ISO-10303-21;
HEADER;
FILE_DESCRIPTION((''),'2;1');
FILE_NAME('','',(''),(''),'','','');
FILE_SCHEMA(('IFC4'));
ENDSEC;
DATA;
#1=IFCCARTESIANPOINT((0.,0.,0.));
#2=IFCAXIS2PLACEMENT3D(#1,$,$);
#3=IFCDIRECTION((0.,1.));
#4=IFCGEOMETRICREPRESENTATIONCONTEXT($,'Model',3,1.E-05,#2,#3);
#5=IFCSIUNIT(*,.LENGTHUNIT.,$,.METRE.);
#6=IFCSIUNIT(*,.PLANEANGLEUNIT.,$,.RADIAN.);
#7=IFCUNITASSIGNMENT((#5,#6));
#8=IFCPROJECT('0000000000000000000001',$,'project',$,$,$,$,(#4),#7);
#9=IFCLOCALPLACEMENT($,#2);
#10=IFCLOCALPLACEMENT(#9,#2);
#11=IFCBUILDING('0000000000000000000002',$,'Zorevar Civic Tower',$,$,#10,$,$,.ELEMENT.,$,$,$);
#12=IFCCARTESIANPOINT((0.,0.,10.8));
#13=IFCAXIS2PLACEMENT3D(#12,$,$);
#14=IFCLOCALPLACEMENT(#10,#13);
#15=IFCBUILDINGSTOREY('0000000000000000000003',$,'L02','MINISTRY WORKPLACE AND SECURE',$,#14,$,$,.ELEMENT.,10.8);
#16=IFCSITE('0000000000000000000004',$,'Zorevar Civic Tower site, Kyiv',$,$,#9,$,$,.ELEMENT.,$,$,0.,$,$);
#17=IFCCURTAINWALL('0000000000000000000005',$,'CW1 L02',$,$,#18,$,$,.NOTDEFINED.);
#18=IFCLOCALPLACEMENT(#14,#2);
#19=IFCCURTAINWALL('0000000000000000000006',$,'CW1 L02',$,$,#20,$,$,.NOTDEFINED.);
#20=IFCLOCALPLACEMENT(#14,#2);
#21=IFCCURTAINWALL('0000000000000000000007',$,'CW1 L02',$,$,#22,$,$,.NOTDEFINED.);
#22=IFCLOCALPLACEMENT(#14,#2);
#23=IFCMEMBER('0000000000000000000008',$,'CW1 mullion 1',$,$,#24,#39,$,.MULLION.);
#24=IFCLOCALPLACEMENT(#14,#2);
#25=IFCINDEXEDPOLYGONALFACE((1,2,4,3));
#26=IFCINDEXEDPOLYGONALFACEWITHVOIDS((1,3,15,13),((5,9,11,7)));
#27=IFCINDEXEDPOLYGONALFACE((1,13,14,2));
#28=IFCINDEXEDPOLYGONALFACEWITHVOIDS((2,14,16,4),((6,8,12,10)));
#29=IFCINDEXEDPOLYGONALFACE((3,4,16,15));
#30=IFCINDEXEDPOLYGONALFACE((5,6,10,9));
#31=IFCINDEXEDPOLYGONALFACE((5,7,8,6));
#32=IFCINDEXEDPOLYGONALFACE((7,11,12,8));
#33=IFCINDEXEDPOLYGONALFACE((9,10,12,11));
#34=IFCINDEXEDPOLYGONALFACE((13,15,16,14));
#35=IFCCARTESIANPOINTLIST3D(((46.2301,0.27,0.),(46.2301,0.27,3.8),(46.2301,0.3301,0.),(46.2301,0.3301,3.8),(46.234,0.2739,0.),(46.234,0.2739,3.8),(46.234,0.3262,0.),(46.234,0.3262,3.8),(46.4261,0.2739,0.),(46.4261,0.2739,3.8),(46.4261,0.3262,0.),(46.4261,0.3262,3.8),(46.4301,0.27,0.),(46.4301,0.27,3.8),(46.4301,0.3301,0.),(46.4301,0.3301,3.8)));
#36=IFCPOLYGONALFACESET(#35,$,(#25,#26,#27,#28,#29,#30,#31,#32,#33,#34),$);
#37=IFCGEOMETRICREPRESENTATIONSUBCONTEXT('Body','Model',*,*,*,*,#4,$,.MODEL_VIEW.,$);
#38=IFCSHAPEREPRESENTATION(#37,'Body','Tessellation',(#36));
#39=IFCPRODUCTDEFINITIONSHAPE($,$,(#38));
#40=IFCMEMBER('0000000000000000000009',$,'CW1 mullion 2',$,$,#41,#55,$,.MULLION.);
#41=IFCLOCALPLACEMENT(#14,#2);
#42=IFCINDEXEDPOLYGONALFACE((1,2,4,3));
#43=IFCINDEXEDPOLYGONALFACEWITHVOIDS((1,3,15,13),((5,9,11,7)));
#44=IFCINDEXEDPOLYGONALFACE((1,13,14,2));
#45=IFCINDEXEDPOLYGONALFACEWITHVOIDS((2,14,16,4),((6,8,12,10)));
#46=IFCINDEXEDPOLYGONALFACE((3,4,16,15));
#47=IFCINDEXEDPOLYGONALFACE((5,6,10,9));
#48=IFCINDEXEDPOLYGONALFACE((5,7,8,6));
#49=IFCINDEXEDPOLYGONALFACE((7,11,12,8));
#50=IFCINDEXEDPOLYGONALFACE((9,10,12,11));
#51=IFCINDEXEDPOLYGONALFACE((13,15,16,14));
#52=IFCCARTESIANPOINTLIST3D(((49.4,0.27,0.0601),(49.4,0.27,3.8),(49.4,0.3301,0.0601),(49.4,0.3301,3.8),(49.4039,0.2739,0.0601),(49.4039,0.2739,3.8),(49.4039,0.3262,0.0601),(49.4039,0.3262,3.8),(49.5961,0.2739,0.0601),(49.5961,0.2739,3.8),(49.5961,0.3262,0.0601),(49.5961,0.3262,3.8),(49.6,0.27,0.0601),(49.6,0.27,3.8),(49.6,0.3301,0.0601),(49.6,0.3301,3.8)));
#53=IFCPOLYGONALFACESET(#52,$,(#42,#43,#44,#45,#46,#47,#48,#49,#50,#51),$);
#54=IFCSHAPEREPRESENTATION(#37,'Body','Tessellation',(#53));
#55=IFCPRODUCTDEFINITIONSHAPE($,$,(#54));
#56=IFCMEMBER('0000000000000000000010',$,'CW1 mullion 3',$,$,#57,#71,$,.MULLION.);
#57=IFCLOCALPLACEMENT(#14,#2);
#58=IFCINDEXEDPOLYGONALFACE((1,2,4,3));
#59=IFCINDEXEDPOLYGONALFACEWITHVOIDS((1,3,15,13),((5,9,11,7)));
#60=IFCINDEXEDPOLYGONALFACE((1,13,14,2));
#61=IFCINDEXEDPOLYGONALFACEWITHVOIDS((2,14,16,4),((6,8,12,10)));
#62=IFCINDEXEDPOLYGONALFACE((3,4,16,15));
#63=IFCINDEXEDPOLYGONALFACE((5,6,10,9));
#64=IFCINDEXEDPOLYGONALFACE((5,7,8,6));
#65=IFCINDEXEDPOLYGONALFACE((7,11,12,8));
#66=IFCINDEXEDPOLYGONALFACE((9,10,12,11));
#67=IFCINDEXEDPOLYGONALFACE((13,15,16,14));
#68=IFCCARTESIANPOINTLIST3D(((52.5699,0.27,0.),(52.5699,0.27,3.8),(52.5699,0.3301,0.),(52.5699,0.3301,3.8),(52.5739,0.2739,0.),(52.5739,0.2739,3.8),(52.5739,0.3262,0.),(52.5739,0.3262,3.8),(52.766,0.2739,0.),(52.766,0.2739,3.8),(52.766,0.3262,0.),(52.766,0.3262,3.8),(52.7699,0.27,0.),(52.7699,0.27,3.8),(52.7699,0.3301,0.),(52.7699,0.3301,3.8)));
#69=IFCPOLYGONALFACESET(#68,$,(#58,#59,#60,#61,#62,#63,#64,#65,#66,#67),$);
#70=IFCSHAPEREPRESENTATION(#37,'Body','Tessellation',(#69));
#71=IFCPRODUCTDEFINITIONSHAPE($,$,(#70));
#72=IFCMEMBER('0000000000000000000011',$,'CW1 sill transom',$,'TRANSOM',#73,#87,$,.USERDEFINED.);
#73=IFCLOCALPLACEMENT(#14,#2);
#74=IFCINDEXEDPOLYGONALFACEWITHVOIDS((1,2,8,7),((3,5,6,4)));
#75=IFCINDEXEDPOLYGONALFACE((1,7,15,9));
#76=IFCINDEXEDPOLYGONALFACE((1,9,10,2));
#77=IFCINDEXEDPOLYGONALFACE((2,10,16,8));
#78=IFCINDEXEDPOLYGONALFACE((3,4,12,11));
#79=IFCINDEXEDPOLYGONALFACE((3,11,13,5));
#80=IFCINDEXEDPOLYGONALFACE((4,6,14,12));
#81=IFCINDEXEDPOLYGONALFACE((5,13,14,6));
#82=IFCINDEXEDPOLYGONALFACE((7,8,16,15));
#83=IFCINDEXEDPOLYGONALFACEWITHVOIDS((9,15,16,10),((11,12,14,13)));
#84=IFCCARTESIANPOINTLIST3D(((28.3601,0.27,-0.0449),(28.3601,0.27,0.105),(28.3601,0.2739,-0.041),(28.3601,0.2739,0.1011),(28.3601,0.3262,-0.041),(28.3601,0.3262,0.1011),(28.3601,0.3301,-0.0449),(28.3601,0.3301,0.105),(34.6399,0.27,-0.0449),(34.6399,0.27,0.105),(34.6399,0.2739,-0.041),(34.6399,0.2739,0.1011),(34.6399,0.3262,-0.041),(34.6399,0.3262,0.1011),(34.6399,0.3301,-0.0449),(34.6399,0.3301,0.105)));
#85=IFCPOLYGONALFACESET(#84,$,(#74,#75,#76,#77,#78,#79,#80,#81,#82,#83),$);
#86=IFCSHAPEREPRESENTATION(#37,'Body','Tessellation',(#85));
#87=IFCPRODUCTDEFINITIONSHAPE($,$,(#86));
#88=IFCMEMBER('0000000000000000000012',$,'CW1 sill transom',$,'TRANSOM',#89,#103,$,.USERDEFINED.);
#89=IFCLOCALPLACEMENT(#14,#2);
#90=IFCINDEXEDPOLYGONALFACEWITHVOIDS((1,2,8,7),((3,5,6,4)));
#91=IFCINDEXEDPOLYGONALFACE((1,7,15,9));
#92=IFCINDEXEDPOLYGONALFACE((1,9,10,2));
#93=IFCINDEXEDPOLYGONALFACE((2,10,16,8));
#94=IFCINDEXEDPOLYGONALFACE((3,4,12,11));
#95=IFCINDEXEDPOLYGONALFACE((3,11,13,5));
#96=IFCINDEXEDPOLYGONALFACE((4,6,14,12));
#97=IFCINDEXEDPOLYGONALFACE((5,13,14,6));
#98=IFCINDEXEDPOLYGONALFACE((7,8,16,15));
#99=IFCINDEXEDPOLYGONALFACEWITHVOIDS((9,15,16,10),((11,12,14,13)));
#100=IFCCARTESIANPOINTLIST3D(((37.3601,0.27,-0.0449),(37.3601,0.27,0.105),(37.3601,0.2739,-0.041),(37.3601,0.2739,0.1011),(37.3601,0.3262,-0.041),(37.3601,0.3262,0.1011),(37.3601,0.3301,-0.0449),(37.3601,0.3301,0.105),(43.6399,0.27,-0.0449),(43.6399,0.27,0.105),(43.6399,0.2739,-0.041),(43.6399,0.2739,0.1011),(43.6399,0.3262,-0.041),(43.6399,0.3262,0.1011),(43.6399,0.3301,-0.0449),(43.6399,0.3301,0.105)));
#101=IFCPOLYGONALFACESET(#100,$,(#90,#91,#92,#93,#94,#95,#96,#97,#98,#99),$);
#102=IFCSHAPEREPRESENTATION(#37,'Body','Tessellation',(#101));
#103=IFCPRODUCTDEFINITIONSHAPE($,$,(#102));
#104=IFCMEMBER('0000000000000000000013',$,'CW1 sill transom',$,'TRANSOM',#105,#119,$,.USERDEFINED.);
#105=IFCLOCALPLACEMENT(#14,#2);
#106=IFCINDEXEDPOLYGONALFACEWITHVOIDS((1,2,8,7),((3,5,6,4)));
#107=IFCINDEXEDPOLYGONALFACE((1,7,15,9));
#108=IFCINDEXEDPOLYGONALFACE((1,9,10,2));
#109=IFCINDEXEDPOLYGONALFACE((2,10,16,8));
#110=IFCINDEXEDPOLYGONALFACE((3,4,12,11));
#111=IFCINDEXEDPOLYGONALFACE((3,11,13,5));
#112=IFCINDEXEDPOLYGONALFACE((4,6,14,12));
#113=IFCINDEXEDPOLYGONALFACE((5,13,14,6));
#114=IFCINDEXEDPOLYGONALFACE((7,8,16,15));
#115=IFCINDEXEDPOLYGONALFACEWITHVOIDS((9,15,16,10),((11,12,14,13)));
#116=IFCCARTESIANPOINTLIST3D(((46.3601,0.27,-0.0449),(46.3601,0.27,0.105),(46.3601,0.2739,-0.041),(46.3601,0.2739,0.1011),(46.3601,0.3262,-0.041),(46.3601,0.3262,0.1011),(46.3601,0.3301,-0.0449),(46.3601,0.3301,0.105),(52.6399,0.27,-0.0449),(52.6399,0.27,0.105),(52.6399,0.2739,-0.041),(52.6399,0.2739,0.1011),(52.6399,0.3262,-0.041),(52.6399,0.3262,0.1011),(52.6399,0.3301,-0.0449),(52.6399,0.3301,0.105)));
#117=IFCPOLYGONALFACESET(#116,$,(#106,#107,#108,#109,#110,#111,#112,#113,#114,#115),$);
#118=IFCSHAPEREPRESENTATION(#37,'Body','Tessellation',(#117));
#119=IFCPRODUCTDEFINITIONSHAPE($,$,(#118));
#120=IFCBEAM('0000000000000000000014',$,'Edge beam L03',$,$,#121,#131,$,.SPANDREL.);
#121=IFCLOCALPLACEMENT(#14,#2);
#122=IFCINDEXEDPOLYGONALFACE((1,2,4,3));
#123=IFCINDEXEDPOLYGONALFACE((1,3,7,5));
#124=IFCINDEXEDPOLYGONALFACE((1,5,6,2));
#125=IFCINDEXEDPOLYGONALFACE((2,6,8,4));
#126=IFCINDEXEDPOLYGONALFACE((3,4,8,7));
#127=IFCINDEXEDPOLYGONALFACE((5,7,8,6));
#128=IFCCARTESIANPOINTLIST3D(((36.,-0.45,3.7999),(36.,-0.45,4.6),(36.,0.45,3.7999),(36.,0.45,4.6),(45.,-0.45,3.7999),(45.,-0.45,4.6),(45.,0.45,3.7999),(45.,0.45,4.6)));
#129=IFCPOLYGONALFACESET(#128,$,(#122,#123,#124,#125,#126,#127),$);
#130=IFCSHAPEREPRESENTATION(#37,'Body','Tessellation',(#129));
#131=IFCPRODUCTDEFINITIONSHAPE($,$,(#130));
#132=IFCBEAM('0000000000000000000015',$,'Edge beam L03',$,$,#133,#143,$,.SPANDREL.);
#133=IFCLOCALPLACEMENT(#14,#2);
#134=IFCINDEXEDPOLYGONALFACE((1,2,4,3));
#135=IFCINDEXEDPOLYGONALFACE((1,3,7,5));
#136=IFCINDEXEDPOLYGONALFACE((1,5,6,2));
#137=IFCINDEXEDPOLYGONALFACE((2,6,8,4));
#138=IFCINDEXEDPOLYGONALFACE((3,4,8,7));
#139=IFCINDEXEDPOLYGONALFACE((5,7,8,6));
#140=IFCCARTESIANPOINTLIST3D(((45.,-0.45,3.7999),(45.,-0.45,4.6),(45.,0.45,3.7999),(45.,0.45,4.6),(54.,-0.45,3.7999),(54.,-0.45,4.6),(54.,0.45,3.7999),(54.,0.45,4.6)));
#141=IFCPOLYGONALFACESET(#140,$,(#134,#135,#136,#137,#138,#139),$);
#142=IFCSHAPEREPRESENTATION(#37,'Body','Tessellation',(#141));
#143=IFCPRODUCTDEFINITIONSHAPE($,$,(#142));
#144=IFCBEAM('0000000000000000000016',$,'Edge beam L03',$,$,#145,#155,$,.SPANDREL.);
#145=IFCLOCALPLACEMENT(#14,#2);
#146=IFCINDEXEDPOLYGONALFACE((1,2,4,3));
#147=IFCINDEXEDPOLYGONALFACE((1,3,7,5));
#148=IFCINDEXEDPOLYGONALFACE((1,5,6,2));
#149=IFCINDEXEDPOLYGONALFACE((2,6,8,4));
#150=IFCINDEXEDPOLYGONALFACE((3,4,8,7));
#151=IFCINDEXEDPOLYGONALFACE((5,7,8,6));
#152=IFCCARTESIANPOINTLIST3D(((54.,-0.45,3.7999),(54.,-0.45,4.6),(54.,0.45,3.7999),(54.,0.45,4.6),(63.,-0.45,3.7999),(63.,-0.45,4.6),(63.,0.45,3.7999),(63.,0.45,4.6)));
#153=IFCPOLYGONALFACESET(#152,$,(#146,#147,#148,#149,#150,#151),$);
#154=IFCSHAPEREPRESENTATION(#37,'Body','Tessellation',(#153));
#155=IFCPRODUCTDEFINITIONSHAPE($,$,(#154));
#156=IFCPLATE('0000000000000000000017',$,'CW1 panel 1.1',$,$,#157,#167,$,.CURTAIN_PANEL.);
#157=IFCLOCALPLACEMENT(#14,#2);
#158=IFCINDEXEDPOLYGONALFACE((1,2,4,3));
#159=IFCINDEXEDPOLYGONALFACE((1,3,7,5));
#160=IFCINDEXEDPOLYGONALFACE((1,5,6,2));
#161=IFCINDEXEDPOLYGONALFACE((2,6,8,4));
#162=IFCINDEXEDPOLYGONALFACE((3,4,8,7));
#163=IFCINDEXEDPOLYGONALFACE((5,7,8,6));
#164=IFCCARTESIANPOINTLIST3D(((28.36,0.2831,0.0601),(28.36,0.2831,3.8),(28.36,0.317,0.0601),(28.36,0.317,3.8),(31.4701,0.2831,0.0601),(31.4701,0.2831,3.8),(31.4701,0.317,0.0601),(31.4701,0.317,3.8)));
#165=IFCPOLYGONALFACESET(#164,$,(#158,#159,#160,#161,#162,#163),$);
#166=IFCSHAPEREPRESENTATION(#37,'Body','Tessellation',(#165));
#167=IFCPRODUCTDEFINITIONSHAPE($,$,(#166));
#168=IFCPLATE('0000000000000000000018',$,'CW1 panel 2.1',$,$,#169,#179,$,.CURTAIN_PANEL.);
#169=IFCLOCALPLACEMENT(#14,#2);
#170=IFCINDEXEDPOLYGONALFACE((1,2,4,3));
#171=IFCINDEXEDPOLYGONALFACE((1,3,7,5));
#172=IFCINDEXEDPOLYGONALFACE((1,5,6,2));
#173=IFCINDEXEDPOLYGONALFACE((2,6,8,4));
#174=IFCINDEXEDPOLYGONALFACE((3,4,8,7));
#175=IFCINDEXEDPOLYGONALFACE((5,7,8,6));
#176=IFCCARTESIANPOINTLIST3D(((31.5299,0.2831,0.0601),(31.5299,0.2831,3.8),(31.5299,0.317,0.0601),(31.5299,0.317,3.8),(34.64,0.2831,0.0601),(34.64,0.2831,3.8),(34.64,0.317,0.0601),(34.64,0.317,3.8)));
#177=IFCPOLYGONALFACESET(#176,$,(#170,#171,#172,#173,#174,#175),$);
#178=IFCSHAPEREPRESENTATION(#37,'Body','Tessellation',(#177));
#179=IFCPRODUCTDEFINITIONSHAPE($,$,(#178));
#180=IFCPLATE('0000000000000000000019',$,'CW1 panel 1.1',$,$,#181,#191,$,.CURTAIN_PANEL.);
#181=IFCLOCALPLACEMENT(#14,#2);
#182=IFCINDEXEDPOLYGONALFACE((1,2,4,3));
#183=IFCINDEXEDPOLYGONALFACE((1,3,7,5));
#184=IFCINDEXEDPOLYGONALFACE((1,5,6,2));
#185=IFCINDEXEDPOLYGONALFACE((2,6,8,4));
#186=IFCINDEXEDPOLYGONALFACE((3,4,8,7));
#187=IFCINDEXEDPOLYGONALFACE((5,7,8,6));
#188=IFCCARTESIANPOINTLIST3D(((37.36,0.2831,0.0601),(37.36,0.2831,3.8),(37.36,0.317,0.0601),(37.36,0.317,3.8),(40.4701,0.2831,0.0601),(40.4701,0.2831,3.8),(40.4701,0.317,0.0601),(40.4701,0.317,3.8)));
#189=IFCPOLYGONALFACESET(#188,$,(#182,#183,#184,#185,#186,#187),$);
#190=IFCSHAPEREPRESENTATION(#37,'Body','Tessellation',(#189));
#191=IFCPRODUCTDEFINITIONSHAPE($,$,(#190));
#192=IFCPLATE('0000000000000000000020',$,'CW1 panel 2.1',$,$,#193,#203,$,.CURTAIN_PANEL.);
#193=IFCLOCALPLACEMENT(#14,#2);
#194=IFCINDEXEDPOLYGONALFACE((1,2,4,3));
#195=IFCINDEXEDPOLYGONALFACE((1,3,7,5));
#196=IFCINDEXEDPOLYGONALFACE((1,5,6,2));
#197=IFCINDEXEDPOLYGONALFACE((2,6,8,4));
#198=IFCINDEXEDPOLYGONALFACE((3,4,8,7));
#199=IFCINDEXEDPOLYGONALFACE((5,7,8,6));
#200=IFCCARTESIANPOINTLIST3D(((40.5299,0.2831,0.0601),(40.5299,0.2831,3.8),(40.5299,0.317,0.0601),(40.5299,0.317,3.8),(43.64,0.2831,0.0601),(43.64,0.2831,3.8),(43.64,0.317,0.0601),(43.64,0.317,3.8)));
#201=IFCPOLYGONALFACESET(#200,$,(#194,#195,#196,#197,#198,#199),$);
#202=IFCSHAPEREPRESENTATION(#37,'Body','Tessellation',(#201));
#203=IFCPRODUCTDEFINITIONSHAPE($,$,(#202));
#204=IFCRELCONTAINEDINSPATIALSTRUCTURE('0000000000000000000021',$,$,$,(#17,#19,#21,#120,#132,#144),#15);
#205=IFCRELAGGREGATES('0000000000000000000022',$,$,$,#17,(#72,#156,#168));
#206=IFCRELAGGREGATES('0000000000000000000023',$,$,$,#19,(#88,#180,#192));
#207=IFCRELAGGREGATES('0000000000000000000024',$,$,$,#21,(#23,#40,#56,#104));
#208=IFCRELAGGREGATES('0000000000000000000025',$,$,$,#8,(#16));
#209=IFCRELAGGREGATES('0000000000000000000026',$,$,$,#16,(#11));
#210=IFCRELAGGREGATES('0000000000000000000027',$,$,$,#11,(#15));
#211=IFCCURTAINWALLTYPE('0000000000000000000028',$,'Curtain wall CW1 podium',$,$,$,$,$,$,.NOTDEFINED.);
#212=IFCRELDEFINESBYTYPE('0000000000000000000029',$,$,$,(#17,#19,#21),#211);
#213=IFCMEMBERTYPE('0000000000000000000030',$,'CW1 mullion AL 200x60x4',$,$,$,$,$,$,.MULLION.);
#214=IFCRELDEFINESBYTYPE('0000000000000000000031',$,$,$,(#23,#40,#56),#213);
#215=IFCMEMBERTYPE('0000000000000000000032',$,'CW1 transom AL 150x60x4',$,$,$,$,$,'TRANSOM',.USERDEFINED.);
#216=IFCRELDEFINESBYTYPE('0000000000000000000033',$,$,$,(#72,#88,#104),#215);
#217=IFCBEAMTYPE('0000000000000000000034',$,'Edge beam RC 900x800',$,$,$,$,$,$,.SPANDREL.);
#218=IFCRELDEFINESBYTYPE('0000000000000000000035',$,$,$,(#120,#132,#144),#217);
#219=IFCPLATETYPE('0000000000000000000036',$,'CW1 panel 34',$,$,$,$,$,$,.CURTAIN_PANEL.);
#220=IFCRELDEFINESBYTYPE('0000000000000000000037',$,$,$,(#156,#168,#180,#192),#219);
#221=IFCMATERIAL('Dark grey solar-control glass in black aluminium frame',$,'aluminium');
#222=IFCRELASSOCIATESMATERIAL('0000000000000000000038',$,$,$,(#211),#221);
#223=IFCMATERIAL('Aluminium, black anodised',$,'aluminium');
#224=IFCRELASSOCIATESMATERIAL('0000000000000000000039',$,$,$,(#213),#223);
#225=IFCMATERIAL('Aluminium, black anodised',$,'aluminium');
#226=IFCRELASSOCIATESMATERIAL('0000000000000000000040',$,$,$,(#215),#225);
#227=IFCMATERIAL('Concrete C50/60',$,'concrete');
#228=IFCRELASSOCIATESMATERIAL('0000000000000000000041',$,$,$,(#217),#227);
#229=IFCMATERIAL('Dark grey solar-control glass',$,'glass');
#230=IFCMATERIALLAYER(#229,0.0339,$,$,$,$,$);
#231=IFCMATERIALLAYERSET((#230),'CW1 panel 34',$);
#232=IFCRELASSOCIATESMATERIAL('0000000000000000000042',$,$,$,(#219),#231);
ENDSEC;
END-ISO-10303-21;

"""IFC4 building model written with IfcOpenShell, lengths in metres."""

from ifc_helpers import new_model, si_unit, direction, frame, origin, origin_2d, place, context, subcontext, project, spatial, rectangle, hollow_rectangle, extrude, material, layer, layer_set, material_profile, profile_set, type_object, element, aggregate, save


model = new_model("IFC4")

# Units and contexts
model_context = context("Model", 3, precision=1e-05, world=origin(), true_north=direction((0.0, 1.0)))
body_context = subcontext(model_context, "Body", "Model", "MODEL_VIEW")
ifc_project = project(units=[si_unit("LENGTHUNIT", "METRE"), si_unit("PLANEANGLEUNIT", "RADIAN")], contexts=[model_context])

# Site, building, storey
site_placement = place(None, origin())
site = spatial("IfcSite", under=ifc_project, at=site_placement, Name="Zorevar Civic Tower site, Kyiv", CompositionType="ELEMENT", RefElevation=0.0)
building_placement = place(site_placement, origin())
building = spatial("IfcBuilding", under=site, at=building_placement, Name="Zorevar Civic Tower", CompositionType="ELEMENT")
storey_placement = place(building_placement, frame((0.0, 0.0, 10.8)))
storey = spatial("IfcBuildingStorey", under=building, at=storey_placement, Name="L02", Description="MINISTRY WORKPLACE AND SECURE", CompositionType="ELEMENT", Elevation=10.8)

# Curtain walls, members
ifc_material_1 = material(Name="Dark grey solar-control glass in black aluminium frame", Category="aluminium")
curtain_wall_type = type_object("IfcCurtainWallType", Name="Curtain wall CW1 podium", PredefinedType="NOTDEFINED", material=ifc_material_1)
curtain_wall_1_placement = place(storey_placement, origin())
curtain_wall_1 = element("IfcCurtainWall", 1, at=curtain_wall_1_placement, inside=storey, type_object=curtain_wall_type, Name="CW1 L02", PredefinedType="NOTDEFINED")
ifc_material_2 = material(Name="Aluminium, black anodised", Category="aluminium")
ifc_material_profile_1 = material_profile(ifc_material_2, hollow_rectangle(XDim=0.0601, YDim=0.2, WallThickness=0.0039, at=origin_2d()), Name="AL 200x60x4")
ifc_profile_set_1 = profile_set([ifc_material_profile_1], Name="Aluminium, black anodised")
member_type_1 = type_object("IfcMemberType", Name="CW1 mullion AL 200x60x4", PredefinedType="MULLION", material=ifc_profile_set_1)
curtain_wall_2_placement = place(storey_placement, origin())
curtain_wall_2 = element("IfcCurtainWall", 2, at=curtain_wall_2_placement, inside=storey, type_object=curtain_wall_type, Name="CW1 L02", PredefinedType="NOTDEFINED")
curtain_wall_3_placement = place(storey_placement, origin())
curtain_wall_3 = element("IfcCurtainWall", 3, at=curtain_wall_3_placement, inside=storey, type_object=curtain_wall_type, Name="CW1 L02", PredefinedType="NOTDEFINED")
member_1_placement = place(storey_placement, frame((46.3301, 0.3, 0.0), z_axis=(0.0, 0.0, 1.0), x_axis=(0.0, 1.0, 0.0)))
member_1 = element("IfcMember", 4, at=member_1_placement, type_object=member_type_1, Name="CW1 mullion 1", PredefinedType="MULLION", context=body_context, shape_type="SweptSolid", body=[
    extrude(hollow_rectangle(XDim=0.0601, YDim=0.2, WallThickness=0.0039, at=origin_2d()), origin(), (0.0, 0.0, 1.0), 3.8),
])
member_2_placement = place(storey_placement, frame((49.5, 0.3, 0.0601), z_axis=(0.0, 0.0, 1.0), x_axis=(0.0, 1.0, 0.0)))
member_2 = element("IfcMember", 5, at=member_2_placement, type_object=member_type_1, Name="CW1 mullion 2", PredefinedType="MULLION", context=body_context, shape_type="SweptSolid", body=[
    extrude(hollow_rectangle(XDim=0.0601, YDim=0.2, WallThickness=0.0039, at=origin_2d()), origin(), (0.0, 0.0, 1.0), 3.74),
])
member_3_placement = place(storey_placement, frame((52.6699, 0.3, 0.0), z_axis=(0.0, 0.0, 1.0), x_axis=(0.0, 1.0, 0.0)))
member_3 = element("IfcMember", 6, at=member_3_placement, type_object=member_type_1, Name="CW1 mullion 3", PredefinedType="MULLION", context=body_context, shape_type="SweptSolid", body=[
    extrude(hollow_rectangle(XDim=0.0601, YDim=0.2, WallThickness=0.0039, at=origin_2d()), origin(), (0.0, 0.0, 1.0), 3.8),
])

# Members
ifc_material_3 = material(Name="Aluminium, black anodised", Category="aluminium")
ifc_material_profile_2 = material_profile(ifc_material_3, hollow_rectangle(XDim=0.0601, YDim=0.1499, WallThickness=0.0039, at=origin_2d()), Name="AL 150x60x4")
ifc_profile_set_2 = profile_set([ifc_material_profile_2], Name="Aluminium, black anodised")
member_type_2 = type_object("IfcMemberType", Name="CW1 transom AL 150x60x4", ElementType="TRANSOM", PredefinedType="USERDEFINED", material=ifc_profile_set_2)
member_4_placement = place(storey_placement, frame((28.3601, 0.3, 0.03), z_axis=(1.0, 0.0, 0.0), x_axis=(0.0, 1.0, 0.0)))
member_4 = element("IfcMember", 7, at=member_4_placement, type_object=member_type_2, Name="CW1 sill transom", ObjectType="TRANSOM", PredefinedType="USERDEFINED", context=body_context, shape_type="SweptSolid", body=[
    extrude(hollow_rectangle(XDim=0.0601, YDim=0.1499, WallThickness=0.0039, at=origin_2d()), origin(), (0.0, 0.0, 1.0), 6.2798),
])
member_5_placement = place(storey_placement, frame((37.3601, 0.3, 0.03), z_axis=(1.0, 0.0, 0.0), x_axis=(0.0, 1.0, 0.0)))
member_5 = element("IfcMember", 8, at=member_5_placement, type_object=member_type_2, Name="CW1 sill transom", ObjectType="TRANSOM", PredefinedType="USERDEFINED", context=body_context, shape_type="SweptSolid", body=[
    extrude(hollow_rectangle(XDim=0.0601, YDim=0.1499, WallThickness=0.0039, at=origin_2d()), origin(), (0.0, 0.0, 1.0), 6.2798),
])
member_6_placement = place(storey_placement, frame((46.3601, 0.3, 0.03), z_axis=(1.0, 0.0, 0.0), x_axis=(0.0, 1.0, 0.0)))
member_6 = element("IfcMember", 9, at=member_6_placement, type_object=member_type_2, Name="CW1 sill transom", ObjectType="TRANSOM", PredefinedType="USERDEFINED", context=body_context, shape_type="SweptSolid", body=[
    extrude(hollow_rectangle(XDim=0.0601, YDim=0.1499, WallThickness=0.0039, at=origin_2d()), origin(), (0.0, 0.0, 1.0), 6.2798),
])

# Beams
ifc_material_4 = material(Name="Concrete C50/60", Category="concrete")
ifc_material_profile_3 = material_profile(ifc_material_4, rectangle(XDim=0.8999, YDim=0.8, at=origin_2d()), Name="RC 900x800")
ifc_profile_set_3 = profile_set([ifc_material_profile_3], Name="Concrete C50/60")
beam_type_1 = type_object("IfcBeamType", Name="Edge beam RC 900x800", PredefinedType="SPANDREL", material=ifc_profile_set_3)
for number, where, z_axis, x_axis, name in (
    (10, (36.0, 0.0, 4.2), (1.0, 0.0, 0.0), (0.0, 1.0, 0.0), "Edge beam L03"),
    (11, (45.0, 0.0, 4.2), (1.0, 0.0, 0.0), (0.0, 1.0, 0.0), "Edge beam L03"),
    (12, (54.0, 0.0, 4.2), (1.0, 0.0, 0.0), (0.0, 1.0, 0.0), "Edge beam L03"),
):
    element("IfcBeam", number, at=place(storey_placement, frame(where, z_axis=z_axis, x_axis=x_axis)), inside=storey, type_object=beam_type_1, Name=name, PredefinedType="SPANDREL", context=body_context, shape_type="SweptSolid", body=[
        extrude(rectangle(XDim=0.8999, YDim=0.8, at=origin_2d()), origin(), (0.0, 0.0, 1.0), 9.0),
    ])

# Plates
ifc_material_5 = material(Name="Dark grey solar-control glass", Category="glass")
ifc_layer_1 = layer(ifc_material_5, 0.0339)
ifc_layer_set_1 = layer_set([ifc_layer_1], Name="CW1 panel 34")
plate_type = type_object("IfcPlateType", Name="CW1 panel 34", PredefinedType="CURTAIN_PANEL", material=ifc_layer_set_1)
plate_1_placement = place(storey_placement, frame((29.915, 0.3, 0.0601), z_axis=(0.0, 0.0, 1.0), x_axis=(1.0, 0.0, 0.0)))
plate_1 = element("IfcPlate", 13, at=plate_1_placement, type_object=plate_type, Name="CW1 panel 1.1", PredefinedType="CURTAIN_PANEL", context=body_context, shape_type="SweptSolid", body=[
    extrude(rectangle(XDim=3.1101, YDim=0.0339, at=origin_2d()), origin(), (0.0, 0.0, 1.0), 3.74),
])
plate_2_placement = place(storey_placement, frame((33.085, 0.3, 0.0601), z_axis=(0.0, 0.0, 1.0), x_axis=(1.0, 0.0, 0.0)))
plate_2 = element("IfcPlate", 14, at=plate_2_placement, type_object=plate_type, Name="CW1 panel 2.1", PredefinedType="CURTAIN_PANEL", context=body_context, shape_type="SweptSolid", body=[
    extrude(rectangle(XDim=3.1101, YDim=0.0339, at=origin_2d()), origin(), (0.0, 0.0, 1.0), 3.74),
])
aggregate(curtain_wall_1, [member_4, plate_1, plate_2])
plate_3_placement = place(storey_placement, frame((38.915, 0.3, 0.0601), z_axis=(0.0, 0.0, 1.0), x_axis=(1.0, 0.0, 0.0)))
plate_3 = element("IfcPlate", 15, at=plate_3_placement, type_object=plate_type, Name="CW1 panel 1.1", PredefinedType="CURTAIN_PANEL", context=body_context, shape_type="SweptSolid", body=[
    extrude(rectangle(XDim=3.1101, YDim=0.0339, at=origin_2d()), origin(), (0.0, 0.0, 1.0), 3.74),
])
plate_4_placement = place(storey_placement, frame((42.085, 0.3, 0.0601), z_axis=(0.0, 0.0, 1.0), x_axis=(1.0, 0.0, 0.0)))
plate_4 = element("IfcPlate", 16, at=plate_4_placement, type_object=plate_type, Name="CW1 panel 2.1", PredefinedType="CURTAIN_PANEL", context=body_context, shape_type="SweptSolid", body=[
    extrude(rectangle(XDim=3.1101, YDim=0.0339, at=origin_2d()), origin(), (0.0, 0.0, 1.0), 3.74),
])
aggregate(curtain_wall_2, [member_5, plate_3, plate_4])
aggregate(curtain_wall_3, [member_1, member_2, member_3, member_6])

save(model, "model.ifc")
